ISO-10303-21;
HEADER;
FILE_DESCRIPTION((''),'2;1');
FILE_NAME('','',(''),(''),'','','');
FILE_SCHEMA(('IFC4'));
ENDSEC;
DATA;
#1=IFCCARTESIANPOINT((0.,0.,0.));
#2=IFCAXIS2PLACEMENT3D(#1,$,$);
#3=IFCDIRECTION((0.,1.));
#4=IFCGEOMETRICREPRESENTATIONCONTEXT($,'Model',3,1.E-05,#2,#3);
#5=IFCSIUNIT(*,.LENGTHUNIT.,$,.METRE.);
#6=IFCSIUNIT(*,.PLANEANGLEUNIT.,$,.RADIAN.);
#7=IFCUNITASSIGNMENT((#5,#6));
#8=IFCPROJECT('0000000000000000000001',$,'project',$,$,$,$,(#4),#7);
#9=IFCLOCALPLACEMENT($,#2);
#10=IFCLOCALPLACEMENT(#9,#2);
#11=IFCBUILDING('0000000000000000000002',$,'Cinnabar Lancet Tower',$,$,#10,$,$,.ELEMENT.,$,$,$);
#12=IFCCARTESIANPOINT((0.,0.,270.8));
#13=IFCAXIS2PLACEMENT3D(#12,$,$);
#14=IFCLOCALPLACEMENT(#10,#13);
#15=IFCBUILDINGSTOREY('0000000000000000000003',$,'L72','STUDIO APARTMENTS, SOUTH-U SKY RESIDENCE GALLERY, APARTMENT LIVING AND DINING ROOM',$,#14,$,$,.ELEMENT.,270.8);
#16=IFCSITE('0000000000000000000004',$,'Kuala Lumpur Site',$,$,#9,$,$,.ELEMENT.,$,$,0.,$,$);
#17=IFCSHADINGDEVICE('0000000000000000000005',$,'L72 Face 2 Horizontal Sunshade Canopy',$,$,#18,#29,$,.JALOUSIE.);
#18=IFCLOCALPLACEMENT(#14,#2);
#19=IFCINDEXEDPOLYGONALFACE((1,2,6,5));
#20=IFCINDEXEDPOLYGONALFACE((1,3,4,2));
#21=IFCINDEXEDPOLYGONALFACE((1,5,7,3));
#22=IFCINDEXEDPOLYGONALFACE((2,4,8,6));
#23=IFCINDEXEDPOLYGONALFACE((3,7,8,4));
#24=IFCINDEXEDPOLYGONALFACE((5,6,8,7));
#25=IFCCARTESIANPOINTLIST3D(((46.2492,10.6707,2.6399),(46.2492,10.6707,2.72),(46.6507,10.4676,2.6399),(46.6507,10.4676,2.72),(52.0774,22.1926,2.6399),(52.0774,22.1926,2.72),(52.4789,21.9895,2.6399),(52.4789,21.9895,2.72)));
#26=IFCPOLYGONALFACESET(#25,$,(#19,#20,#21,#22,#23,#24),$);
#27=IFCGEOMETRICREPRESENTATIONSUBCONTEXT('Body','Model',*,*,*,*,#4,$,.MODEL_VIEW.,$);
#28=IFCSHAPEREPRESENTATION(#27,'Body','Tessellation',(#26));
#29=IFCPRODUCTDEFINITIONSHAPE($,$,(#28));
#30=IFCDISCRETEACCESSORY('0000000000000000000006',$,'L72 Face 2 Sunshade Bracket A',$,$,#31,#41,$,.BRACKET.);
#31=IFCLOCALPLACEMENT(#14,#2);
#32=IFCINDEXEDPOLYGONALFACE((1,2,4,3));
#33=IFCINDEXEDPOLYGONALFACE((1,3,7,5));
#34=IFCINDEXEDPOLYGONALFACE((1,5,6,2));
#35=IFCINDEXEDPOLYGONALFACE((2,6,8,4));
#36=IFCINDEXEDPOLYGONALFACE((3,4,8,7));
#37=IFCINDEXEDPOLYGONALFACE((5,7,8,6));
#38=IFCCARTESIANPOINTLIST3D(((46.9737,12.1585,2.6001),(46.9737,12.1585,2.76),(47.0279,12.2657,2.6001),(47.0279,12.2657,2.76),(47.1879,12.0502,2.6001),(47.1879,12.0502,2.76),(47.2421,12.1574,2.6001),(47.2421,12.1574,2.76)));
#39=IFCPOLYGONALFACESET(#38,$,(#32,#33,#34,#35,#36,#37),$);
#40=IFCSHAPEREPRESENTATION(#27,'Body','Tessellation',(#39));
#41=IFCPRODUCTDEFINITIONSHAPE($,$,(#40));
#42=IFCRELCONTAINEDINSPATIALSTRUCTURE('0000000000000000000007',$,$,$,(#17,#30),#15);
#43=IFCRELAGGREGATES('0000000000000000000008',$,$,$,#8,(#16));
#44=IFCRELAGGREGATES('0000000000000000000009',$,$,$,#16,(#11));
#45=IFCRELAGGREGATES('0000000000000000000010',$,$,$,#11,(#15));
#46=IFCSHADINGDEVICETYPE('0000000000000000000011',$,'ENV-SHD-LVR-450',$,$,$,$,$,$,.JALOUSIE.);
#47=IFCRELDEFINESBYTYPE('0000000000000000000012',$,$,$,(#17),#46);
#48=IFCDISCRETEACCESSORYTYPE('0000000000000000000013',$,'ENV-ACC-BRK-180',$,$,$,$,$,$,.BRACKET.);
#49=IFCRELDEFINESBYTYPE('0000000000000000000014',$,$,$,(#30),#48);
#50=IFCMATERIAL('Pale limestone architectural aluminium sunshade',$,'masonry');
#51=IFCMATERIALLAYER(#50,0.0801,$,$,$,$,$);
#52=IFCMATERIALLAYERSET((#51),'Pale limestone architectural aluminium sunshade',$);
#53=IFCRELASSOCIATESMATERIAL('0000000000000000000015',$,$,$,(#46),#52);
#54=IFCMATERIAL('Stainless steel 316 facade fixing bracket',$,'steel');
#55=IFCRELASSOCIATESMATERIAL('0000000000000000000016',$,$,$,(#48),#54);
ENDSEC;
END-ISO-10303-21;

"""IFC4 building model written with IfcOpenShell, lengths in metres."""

from ifc_helpers import new_model, si_unit, direction, frame, origin, origin_2d, place, context, subcontext, project, spatial, rectangle, extrude, material, layer, layer_set, type_object, element, save


model = new_model("IFC4")

# Units and contexts
model_context = context("Model", 3, precision=1e-05, world=origin(), true_north=direction((0.0, 1.0)))
body_context = subcontext(model_context, "Body", "Model", "MODEL_VIEW")
ifc_project = project(units=[si_unit("LENGTHUNIT", "METRE"), si_unit("PLANEANGLEUNIT", "RADIAN")], contexts=[model_context])

# Site, building, storey
site_placement = place(None, origin())
site = spatial("IfcSite", under=ifc_project, at=site_placement, Name="Kuala Lumpur Site", CompositionType="ELEMENT", RefElevation=0.0)
building_placement = place(site_placement, origin())
building = spatial("IfcBuilding", under=site, at=building_placement, Name="Cinnabar Lancet Tower", CompositionType="ELEMENT")
storey_placement = place(building_placement, frame((0.0, 0.0, 270.8)))
storey = spatial("IfcBuildingStorey", under=building, at=storey_placement, Name="L72", Description="STUDIO APARTMENTS, SOUTH-U SKY RESIDENCE GALLERY, APARTMENT LIVING AND DINING ROOM", CompositionType="ELEMENT", Elevation=270.8)

# Shading device
ifc_material_1 = material(Name="Pale limestone architectural aluminium sunshade", Category="masonry")
ifc_layer_1 = layer(ifc_material_1, 0.0801)
ifc_layer_set_1 = layer_set([ifc_layer_1], Name="Pale limestone architectural aluminium sunshade")
shading_device_type = type_object("IfcShadingDeviceType", Name="ENV-SHD-LVR-450", PredefinedType="JALOUSIE", material=ifc_layer_set_1)
shading_device_placement = place(storey_placement, frame((49.364, 16.3301, 2.6399), z_axis=(0.0, 0.0, 1.0), x_axis=(0.451376, 0.892334, 0.0)))
element("IfcShadingDevice", 1, at=shading_device_placement, inside=storey, type_object=shading_device_type, Name="L72 Face 2 Horizontal Sunshade Canopy", PredefinedType="JALOUSIE", context=body_context, shape_type="SweptSolid", body=[
    extrude(rectangle(XDim=12.9121, YDim=0.45, at=origin_2d()), origin(), (0.0, 0.0, 1.0), 0.0801),
])

# Discrete accessory
ifc_material_2 = material(Name="Stainless steel 316 facade fixing bracket", Category="steel")
discrete_accessory_type = type_object("IfcDiscreteAccessoryType", Name="ENV-ACC-BRK-180", PredefinedType="BRACKET", material=ifc_material_2)
discrete_accessory_placement = place(storey_placement, frame((47.1079, 12.158, 2.6001), z_axis=(0.0, 0.0, 1.0), x_axis=(0.451376, 0.892334, 0.0)))
element("IfcDiscreteAccessory", 2, at=discrete_accessory_placement, inside=storey, type_object=discrete_accessory_type, Name="L72 Face 2 Sunshade Bracket A", PredefinedType="BRACKET", context=body_context, shape_type="SweptSolid", body=[
    extrude(rectangle(XDim=0.1201, YDim=0.24, at=origin_2d()), origin(), (0.0, 0.0, 1.0), 0.1599),
])

save(model, "model.ifc")
